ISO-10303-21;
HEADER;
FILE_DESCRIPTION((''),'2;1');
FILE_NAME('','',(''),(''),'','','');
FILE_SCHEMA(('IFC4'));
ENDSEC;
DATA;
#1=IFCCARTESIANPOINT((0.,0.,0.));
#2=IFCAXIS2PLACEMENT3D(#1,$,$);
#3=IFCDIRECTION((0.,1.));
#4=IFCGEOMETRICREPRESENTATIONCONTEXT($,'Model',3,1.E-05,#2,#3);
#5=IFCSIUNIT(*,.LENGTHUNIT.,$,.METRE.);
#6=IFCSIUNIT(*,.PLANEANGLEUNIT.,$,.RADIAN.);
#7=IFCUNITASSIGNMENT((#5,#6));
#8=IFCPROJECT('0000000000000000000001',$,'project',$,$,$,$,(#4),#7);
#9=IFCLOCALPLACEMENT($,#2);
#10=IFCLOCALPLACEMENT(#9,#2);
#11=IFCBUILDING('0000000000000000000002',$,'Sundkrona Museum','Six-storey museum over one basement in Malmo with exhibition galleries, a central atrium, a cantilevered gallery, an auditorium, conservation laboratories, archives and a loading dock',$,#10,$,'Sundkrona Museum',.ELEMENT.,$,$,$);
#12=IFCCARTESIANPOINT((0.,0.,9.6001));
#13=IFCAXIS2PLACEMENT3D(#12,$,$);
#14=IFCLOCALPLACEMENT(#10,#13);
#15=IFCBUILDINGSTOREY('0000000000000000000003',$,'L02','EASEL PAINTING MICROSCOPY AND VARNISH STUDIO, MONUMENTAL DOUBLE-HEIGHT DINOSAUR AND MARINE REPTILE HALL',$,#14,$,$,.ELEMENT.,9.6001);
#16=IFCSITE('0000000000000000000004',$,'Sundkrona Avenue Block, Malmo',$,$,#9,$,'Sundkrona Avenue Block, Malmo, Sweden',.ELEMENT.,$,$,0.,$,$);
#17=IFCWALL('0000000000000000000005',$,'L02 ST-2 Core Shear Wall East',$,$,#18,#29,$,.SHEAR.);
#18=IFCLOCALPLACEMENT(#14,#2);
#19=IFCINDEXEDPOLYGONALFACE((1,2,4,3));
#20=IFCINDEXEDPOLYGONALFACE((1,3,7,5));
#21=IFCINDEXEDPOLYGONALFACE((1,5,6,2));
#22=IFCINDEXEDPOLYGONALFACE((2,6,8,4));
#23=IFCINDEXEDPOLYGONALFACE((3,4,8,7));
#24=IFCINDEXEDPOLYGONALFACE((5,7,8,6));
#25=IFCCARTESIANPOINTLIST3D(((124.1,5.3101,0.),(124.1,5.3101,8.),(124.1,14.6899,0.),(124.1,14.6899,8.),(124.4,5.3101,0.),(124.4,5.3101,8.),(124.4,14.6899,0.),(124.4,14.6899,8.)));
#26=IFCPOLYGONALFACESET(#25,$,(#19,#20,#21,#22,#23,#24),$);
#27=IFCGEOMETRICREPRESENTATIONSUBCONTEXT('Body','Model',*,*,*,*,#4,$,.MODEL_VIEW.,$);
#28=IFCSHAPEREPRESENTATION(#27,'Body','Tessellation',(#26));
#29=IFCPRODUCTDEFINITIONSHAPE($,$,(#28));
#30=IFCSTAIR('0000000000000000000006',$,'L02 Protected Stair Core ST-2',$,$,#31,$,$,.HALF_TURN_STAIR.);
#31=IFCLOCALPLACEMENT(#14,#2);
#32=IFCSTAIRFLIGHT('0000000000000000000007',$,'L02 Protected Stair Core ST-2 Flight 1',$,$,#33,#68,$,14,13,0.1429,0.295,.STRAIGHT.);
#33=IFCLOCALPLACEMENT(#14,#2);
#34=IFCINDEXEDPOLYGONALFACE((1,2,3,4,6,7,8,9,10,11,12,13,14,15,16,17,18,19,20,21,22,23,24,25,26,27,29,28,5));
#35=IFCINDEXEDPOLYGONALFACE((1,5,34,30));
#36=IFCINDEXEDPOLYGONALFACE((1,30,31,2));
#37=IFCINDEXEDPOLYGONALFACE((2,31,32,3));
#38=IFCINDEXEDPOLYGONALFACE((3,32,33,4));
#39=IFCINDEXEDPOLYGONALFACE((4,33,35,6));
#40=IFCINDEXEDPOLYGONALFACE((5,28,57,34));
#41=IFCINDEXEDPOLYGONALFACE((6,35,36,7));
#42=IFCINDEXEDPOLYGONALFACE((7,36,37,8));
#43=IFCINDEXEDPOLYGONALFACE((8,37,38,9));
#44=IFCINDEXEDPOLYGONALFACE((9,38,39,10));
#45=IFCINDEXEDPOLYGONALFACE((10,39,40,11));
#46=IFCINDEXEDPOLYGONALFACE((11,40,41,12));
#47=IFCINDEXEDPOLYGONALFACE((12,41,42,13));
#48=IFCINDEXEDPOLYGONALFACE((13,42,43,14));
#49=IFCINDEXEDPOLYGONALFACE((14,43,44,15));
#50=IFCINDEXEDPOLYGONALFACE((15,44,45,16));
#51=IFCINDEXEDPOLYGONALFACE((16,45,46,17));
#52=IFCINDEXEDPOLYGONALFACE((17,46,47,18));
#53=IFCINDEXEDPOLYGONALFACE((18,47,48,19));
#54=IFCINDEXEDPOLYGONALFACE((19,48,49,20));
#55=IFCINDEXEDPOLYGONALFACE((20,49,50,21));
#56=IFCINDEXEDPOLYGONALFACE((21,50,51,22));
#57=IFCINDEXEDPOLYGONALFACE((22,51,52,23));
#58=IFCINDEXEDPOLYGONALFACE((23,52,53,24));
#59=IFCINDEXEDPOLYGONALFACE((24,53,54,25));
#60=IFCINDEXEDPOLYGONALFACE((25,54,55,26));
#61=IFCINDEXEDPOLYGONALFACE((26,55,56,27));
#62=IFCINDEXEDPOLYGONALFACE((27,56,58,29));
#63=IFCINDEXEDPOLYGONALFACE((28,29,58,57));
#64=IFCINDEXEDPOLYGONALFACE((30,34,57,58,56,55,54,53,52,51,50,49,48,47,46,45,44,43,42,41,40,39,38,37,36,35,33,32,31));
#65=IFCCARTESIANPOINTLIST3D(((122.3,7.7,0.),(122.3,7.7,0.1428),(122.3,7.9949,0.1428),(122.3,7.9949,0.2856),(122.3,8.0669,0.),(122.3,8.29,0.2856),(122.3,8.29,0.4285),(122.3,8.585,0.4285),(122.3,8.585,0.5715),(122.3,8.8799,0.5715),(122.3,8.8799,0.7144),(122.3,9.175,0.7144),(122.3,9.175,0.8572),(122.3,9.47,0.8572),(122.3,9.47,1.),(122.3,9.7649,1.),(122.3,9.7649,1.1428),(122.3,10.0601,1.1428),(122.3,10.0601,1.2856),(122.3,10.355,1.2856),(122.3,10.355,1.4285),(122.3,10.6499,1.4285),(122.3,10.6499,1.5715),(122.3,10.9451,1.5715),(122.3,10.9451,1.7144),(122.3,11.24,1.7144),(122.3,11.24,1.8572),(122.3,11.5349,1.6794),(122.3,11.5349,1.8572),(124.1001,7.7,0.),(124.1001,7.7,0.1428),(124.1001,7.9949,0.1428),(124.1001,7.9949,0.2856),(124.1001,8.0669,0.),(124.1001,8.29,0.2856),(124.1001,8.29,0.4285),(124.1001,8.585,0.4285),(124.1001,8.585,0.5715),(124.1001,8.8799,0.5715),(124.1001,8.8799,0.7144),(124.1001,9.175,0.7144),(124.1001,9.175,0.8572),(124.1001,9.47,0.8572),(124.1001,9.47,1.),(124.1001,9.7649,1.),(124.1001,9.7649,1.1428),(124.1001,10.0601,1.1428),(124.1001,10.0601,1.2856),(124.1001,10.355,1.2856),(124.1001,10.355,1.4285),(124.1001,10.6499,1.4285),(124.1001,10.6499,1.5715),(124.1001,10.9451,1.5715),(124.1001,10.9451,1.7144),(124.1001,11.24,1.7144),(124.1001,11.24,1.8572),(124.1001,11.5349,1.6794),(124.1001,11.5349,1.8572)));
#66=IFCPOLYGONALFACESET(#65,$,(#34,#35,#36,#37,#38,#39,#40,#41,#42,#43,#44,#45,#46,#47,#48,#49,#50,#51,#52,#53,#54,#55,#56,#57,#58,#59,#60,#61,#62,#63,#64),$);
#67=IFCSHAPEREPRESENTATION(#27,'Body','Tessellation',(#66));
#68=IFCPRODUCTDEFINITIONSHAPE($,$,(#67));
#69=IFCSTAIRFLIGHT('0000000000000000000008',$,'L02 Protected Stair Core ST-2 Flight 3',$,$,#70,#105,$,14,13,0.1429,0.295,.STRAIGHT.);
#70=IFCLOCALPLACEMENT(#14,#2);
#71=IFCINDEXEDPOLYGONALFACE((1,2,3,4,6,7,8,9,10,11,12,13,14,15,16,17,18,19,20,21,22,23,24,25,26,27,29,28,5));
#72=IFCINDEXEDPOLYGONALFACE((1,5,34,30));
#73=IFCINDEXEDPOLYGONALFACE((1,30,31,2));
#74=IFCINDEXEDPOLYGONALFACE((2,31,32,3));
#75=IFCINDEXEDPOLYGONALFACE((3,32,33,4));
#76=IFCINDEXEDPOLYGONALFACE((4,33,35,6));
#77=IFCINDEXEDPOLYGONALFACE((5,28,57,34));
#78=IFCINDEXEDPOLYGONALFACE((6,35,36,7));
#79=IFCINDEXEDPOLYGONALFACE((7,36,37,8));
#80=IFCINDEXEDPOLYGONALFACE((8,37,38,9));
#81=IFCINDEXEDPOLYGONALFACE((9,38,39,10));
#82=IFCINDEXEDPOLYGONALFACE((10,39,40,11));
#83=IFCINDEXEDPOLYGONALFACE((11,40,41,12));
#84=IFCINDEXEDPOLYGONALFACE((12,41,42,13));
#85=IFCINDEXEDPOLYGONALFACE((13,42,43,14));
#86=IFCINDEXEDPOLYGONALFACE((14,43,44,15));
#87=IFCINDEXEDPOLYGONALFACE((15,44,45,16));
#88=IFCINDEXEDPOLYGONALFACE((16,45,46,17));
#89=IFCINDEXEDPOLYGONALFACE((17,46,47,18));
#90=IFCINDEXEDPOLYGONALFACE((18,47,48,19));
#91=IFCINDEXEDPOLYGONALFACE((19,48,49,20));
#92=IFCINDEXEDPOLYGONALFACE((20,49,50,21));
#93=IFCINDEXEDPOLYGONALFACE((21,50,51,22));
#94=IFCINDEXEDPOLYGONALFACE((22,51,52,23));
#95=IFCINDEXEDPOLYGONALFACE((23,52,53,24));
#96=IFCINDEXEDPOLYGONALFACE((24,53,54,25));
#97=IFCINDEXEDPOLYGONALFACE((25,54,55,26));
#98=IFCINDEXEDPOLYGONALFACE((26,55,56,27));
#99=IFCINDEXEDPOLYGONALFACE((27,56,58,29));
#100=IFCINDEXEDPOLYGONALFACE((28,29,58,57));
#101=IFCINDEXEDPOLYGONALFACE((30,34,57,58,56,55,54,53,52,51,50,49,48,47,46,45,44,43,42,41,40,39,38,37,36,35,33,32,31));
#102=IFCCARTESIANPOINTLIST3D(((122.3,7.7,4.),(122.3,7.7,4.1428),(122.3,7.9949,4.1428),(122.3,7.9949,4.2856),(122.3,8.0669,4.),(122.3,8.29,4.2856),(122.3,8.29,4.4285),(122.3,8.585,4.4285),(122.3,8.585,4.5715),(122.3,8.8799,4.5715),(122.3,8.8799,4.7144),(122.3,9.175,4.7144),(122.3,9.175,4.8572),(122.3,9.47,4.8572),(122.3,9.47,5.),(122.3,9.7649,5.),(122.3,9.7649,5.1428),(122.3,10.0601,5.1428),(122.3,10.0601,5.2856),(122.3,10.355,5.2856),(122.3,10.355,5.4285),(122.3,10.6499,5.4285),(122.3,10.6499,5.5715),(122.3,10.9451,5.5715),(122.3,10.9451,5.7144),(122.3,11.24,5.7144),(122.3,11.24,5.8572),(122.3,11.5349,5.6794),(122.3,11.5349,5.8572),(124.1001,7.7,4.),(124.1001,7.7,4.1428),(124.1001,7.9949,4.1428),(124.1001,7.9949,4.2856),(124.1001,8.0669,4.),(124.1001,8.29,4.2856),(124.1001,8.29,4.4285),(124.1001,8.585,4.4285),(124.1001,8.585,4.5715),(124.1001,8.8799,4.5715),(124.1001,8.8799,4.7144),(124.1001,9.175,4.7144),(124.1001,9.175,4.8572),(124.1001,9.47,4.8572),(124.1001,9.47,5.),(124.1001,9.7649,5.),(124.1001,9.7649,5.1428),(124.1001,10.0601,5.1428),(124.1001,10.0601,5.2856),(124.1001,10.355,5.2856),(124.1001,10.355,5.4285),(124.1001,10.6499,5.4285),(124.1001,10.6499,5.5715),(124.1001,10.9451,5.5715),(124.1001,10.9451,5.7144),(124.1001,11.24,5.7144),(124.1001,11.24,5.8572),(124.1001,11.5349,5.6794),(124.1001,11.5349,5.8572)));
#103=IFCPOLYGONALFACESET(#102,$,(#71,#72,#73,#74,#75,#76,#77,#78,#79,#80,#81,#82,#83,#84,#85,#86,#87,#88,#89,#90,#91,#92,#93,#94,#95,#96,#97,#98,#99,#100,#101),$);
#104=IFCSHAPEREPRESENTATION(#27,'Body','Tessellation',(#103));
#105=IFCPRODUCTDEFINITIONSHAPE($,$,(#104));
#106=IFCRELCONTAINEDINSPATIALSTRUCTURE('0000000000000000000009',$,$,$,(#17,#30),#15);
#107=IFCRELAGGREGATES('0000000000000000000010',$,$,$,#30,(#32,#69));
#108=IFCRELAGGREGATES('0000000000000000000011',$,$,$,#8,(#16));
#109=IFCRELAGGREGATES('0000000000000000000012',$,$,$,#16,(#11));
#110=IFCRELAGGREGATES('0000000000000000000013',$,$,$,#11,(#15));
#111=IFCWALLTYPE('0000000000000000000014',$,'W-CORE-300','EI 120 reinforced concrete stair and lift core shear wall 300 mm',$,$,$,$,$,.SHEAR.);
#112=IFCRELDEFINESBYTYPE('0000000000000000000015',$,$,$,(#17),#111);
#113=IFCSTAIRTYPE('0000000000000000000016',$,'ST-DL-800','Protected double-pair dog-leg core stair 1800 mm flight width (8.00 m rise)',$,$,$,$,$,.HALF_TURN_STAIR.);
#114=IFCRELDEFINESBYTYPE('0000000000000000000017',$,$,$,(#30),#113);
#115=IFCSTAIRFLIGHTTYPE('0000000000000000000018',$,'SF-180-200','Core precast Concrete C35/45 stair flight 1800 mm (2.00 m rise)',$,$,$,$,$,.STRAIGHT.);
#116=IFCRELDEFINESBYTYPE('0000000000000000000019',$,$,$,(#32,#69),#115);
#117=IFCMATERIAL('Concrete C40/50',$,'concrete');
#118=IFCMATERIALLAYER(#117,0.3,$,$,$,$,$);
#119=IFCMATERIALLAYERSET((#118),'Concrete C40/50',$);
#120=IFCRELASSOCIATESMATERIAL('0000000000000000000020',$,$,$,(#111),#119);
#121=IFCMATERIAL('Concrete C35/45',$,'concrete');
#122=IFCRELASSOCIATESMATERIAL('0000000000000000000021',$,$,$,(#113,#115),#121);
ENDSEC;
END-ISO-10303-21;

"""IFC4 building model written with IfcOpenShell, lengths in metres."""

from ifc_helpers import new_model, si_unit, direction, frame, frame_2d, origin, place, context, subcontext, project, spatial, polyline, rectangle, outline, extrude, material, layer, layer_set, type_object, element, aggregate, save


model = new_model("IFC4")

# Units and contexts
model_context = context("Model", 3, precision=1e-05, world=origin(), true_north=direction((0.0, 1.0)))
body_context = subcontext(model_context, "Body", "Model", "MODEL_VIEW")
ifc_project = project(units=[si_unit("LENGTHUNIT", "METRE"), si_unit("PLANEANGLEUNIT", "RADIAN")], contexts=[model_context])

# Site, building, storey
site_placement = place(None, origin())
site = spatial("IfcSite", under=ifc_project, at=site_placement, Name="Sundkrona Avenue Block, Malmo", LongName="Sundkrona Avenue Block, Malmo, Sweden", CompositionType="ELEMENT", RefElevation=0.0)
building_placement = place(site_placement, origin())
building = spatial("IfcBuilding", under=site, at=building_placement, Name="Sundkrona Museum", Description="Six-storey museum over one basement in Malmo with exhibition galleries, a central atrium, a cantilevered gallery, an auditorium, conservation laboratories, archives and a loading dock", LongName="Sundkrona Museum", CompositionType="ELEMENT")
storey_placement = place(building_placement, frame((0.0, 0.0, 9.6001)))
storey = spatial("IfcBuildingStorey", under=building, at=storey_placement, Name="L02", Description="EASEL PAINTING MICROSCOPY AND VARNISH STUDIO, MONUMENTAL DOUBLE-HEIGHT DINOSAUR AND MARINE REPTILE HALL", CompositionType="ELEMENT", Elevation=9.6001)

# Wall
ifc_material_1 = material(Name="Concrete C40/50", Category="concrete")
ifc_layer_1 = layer(ifc_material_1, 0.3)
ifc_layer_set_1 = layer_set([ifc_layer_1], Name="Concrete C40/50")
wall_type = type_object("IfcWallType", Name="W-CORE-300", Description="EI 120 reinforced concrete stair and lift core shear wall 300 mm", PredefinedType="SHEAR", material=ifc_layer_set_1)
wall_placement = place(storey_placement, frame((124.25, 5.3101, 0.0), z_axis=(0.0, 0.0, 1.0), x_axis=(0.0, 1.0, 0.0)))
element("IfcWall", 1, at=wall_placement, inside=storey, type_object=wall_type, Name="L02 ST-2 Core Shear Wall East", PredefinedType="SHEAR", context=body_context, shape_type="SweptSolid", body=[
    extrude(rectangle(XDim=9.3799, YDim=0.3, at=frame_2d((4.6899, 0.0))), origin(), (0.0, 0.0, 1.0), 8.0),
])

# Stair, stair flights
ifc_material_2 = material(Name="Concrete C35/45", Category="concrete")
stair_type = type_object("IfcStairType", Name="ST-DL-800", Description="Protected double-pair dog-leg core stair 1800 mm flight width (8.00 m rise)", PredefinedType="HALF_TURN_STAIR", material=ifc_material_2)
stair_placement = place(storey_placement, origin())
stair = element("IfcStair", 2, at=stair_placement, inside=storey, type_object=stair_type, Name="L02 Protected Stair Core ST-2", PredefinedType="HALF_TURN_STAIR")
stair_flight_type = type_object("IfcStairFlightType", Name="SF-180-200", Description="Core precast Concrete C35/45 stair flight 1800 mm (2.00 m rise)", PredefinedType="STRAIGHT", material=ifc_material_2)
stair_flight_1_placement = place(storey_placement, frame((123.2, 7.7, 0.0), z_axis=(0.0, 0.0, 1.0), x_axis=(0.0, 1.0, 0.0)))
stair_flight_1 = element("IfcStairFlight", 3, at=stair_flight_1_placement, type_object=stair_flight_type, Name="L02 Protected Stair Core ST-2 Flight 1", NumberOfRisers=14, NumberOfTreads=13, PredefinedType="STRAIGHT", RiserHeight=0.1429, TreadLength=0.295, context=body_context, shape_type="SweptSolid", body=[
    extrude(outline(polyline([(0.0, 0.0), (0.0, 0.1428), (0.2949, 0.1428), (0.2949, 0.2856), (0.5901, 0.2856), (0.5901, 0.4285), (0.885, 0.4285), (0.885, 0.5715), (1.1799, 0.5715), (1.1799, 0.7144), (1.4751, 0.7144), (1.4751, 0.8572), (1.77, 0.8572), (1.77, 1.0), (2.0649, 1.0), (2.0649, 1.1428), (2.3601, 1.1428), (2.3601, 1.2856), (2.655, 1.2856), (2.655, 1.4285), (2.95, 1.4285), (2.95, 1.5715), (3.2451, 1.5715), (3.2451, 1.7144), (3.54, 1.7144), (3.54, 1.8572), (3.835, 1.8572), (3.835, 2.0), (3.835, 1.6794), (0.3669, 0.0), (0.0, 0.0)])), frame((0.0, 0.8999, 0.0), z_axis=(0.0, -1.0, 0.0), x_axis=(1.0, 0.0, 0.0)), (0.0, 0.0, 1.0), 1.8),
])
stair_flight_2_placement = place(storey_placement, frame((123.2, 7.7, 4.0), z_axis=(0.0, 0.0, 1.0), x_axis=(0.0, 1.0, 0.0)))
stair_flight_2 = element("IfcStairFlight", 4, at=stair_flight_2_placement, type_object=stair_flight_type, Name="L02 Protected Stair Core ST-2 Flight 3", NumberOfRisers=14, NumberOfTreads=13, PredefinedType="STRAIGHT", RiserHeight=0.1429, TreadLength=0.295, context=body_context, shape_type="SweptSolid", body=[
    extrude(outline(polyline([(0.0, 0.0), (0.0, 0.1428), (0.2949, 0.1428), (0.2949, 0.2856), (0.5901, 0.2856), (0.5901, 0.4285), (0.885, 0.4285), (0.885, 0.5715), (1.1799, 0.5715), (1.1799, 0.7144), (1.4751, 0.7144), (1.4751, 0.8572), (1.77, 0.8572), (1.77, 1.0), (2.0649, 1.0), (2.0649, 1.1428), (2.3601, 1.1428), (2.3601, 1.2856), (2.655, 1.2856), (2.655, 1.4285), (2.95, 1.4285), (2.95, 1.5715), (3.2451, 1.5715), (3.2451, 1.7144), (3.54, 1.7144), (3.54, 1.8572), (3.835, 1.8572), (3.835, 2.0), (3.835, 1.6794), (0.3669, 0.0), (0.0, 0.0)])), frame((0.0, 0.8999, 0.0), z_axis=(0.0, -1.0, 0.0), x_axis=(1.0, 0.0, 0.0)), (0.0, 0.0, 1.0), 1.8),
])
aggregate(stair, [stair_flight_1, stair_flight_2])

save(model, "model.ifc")
